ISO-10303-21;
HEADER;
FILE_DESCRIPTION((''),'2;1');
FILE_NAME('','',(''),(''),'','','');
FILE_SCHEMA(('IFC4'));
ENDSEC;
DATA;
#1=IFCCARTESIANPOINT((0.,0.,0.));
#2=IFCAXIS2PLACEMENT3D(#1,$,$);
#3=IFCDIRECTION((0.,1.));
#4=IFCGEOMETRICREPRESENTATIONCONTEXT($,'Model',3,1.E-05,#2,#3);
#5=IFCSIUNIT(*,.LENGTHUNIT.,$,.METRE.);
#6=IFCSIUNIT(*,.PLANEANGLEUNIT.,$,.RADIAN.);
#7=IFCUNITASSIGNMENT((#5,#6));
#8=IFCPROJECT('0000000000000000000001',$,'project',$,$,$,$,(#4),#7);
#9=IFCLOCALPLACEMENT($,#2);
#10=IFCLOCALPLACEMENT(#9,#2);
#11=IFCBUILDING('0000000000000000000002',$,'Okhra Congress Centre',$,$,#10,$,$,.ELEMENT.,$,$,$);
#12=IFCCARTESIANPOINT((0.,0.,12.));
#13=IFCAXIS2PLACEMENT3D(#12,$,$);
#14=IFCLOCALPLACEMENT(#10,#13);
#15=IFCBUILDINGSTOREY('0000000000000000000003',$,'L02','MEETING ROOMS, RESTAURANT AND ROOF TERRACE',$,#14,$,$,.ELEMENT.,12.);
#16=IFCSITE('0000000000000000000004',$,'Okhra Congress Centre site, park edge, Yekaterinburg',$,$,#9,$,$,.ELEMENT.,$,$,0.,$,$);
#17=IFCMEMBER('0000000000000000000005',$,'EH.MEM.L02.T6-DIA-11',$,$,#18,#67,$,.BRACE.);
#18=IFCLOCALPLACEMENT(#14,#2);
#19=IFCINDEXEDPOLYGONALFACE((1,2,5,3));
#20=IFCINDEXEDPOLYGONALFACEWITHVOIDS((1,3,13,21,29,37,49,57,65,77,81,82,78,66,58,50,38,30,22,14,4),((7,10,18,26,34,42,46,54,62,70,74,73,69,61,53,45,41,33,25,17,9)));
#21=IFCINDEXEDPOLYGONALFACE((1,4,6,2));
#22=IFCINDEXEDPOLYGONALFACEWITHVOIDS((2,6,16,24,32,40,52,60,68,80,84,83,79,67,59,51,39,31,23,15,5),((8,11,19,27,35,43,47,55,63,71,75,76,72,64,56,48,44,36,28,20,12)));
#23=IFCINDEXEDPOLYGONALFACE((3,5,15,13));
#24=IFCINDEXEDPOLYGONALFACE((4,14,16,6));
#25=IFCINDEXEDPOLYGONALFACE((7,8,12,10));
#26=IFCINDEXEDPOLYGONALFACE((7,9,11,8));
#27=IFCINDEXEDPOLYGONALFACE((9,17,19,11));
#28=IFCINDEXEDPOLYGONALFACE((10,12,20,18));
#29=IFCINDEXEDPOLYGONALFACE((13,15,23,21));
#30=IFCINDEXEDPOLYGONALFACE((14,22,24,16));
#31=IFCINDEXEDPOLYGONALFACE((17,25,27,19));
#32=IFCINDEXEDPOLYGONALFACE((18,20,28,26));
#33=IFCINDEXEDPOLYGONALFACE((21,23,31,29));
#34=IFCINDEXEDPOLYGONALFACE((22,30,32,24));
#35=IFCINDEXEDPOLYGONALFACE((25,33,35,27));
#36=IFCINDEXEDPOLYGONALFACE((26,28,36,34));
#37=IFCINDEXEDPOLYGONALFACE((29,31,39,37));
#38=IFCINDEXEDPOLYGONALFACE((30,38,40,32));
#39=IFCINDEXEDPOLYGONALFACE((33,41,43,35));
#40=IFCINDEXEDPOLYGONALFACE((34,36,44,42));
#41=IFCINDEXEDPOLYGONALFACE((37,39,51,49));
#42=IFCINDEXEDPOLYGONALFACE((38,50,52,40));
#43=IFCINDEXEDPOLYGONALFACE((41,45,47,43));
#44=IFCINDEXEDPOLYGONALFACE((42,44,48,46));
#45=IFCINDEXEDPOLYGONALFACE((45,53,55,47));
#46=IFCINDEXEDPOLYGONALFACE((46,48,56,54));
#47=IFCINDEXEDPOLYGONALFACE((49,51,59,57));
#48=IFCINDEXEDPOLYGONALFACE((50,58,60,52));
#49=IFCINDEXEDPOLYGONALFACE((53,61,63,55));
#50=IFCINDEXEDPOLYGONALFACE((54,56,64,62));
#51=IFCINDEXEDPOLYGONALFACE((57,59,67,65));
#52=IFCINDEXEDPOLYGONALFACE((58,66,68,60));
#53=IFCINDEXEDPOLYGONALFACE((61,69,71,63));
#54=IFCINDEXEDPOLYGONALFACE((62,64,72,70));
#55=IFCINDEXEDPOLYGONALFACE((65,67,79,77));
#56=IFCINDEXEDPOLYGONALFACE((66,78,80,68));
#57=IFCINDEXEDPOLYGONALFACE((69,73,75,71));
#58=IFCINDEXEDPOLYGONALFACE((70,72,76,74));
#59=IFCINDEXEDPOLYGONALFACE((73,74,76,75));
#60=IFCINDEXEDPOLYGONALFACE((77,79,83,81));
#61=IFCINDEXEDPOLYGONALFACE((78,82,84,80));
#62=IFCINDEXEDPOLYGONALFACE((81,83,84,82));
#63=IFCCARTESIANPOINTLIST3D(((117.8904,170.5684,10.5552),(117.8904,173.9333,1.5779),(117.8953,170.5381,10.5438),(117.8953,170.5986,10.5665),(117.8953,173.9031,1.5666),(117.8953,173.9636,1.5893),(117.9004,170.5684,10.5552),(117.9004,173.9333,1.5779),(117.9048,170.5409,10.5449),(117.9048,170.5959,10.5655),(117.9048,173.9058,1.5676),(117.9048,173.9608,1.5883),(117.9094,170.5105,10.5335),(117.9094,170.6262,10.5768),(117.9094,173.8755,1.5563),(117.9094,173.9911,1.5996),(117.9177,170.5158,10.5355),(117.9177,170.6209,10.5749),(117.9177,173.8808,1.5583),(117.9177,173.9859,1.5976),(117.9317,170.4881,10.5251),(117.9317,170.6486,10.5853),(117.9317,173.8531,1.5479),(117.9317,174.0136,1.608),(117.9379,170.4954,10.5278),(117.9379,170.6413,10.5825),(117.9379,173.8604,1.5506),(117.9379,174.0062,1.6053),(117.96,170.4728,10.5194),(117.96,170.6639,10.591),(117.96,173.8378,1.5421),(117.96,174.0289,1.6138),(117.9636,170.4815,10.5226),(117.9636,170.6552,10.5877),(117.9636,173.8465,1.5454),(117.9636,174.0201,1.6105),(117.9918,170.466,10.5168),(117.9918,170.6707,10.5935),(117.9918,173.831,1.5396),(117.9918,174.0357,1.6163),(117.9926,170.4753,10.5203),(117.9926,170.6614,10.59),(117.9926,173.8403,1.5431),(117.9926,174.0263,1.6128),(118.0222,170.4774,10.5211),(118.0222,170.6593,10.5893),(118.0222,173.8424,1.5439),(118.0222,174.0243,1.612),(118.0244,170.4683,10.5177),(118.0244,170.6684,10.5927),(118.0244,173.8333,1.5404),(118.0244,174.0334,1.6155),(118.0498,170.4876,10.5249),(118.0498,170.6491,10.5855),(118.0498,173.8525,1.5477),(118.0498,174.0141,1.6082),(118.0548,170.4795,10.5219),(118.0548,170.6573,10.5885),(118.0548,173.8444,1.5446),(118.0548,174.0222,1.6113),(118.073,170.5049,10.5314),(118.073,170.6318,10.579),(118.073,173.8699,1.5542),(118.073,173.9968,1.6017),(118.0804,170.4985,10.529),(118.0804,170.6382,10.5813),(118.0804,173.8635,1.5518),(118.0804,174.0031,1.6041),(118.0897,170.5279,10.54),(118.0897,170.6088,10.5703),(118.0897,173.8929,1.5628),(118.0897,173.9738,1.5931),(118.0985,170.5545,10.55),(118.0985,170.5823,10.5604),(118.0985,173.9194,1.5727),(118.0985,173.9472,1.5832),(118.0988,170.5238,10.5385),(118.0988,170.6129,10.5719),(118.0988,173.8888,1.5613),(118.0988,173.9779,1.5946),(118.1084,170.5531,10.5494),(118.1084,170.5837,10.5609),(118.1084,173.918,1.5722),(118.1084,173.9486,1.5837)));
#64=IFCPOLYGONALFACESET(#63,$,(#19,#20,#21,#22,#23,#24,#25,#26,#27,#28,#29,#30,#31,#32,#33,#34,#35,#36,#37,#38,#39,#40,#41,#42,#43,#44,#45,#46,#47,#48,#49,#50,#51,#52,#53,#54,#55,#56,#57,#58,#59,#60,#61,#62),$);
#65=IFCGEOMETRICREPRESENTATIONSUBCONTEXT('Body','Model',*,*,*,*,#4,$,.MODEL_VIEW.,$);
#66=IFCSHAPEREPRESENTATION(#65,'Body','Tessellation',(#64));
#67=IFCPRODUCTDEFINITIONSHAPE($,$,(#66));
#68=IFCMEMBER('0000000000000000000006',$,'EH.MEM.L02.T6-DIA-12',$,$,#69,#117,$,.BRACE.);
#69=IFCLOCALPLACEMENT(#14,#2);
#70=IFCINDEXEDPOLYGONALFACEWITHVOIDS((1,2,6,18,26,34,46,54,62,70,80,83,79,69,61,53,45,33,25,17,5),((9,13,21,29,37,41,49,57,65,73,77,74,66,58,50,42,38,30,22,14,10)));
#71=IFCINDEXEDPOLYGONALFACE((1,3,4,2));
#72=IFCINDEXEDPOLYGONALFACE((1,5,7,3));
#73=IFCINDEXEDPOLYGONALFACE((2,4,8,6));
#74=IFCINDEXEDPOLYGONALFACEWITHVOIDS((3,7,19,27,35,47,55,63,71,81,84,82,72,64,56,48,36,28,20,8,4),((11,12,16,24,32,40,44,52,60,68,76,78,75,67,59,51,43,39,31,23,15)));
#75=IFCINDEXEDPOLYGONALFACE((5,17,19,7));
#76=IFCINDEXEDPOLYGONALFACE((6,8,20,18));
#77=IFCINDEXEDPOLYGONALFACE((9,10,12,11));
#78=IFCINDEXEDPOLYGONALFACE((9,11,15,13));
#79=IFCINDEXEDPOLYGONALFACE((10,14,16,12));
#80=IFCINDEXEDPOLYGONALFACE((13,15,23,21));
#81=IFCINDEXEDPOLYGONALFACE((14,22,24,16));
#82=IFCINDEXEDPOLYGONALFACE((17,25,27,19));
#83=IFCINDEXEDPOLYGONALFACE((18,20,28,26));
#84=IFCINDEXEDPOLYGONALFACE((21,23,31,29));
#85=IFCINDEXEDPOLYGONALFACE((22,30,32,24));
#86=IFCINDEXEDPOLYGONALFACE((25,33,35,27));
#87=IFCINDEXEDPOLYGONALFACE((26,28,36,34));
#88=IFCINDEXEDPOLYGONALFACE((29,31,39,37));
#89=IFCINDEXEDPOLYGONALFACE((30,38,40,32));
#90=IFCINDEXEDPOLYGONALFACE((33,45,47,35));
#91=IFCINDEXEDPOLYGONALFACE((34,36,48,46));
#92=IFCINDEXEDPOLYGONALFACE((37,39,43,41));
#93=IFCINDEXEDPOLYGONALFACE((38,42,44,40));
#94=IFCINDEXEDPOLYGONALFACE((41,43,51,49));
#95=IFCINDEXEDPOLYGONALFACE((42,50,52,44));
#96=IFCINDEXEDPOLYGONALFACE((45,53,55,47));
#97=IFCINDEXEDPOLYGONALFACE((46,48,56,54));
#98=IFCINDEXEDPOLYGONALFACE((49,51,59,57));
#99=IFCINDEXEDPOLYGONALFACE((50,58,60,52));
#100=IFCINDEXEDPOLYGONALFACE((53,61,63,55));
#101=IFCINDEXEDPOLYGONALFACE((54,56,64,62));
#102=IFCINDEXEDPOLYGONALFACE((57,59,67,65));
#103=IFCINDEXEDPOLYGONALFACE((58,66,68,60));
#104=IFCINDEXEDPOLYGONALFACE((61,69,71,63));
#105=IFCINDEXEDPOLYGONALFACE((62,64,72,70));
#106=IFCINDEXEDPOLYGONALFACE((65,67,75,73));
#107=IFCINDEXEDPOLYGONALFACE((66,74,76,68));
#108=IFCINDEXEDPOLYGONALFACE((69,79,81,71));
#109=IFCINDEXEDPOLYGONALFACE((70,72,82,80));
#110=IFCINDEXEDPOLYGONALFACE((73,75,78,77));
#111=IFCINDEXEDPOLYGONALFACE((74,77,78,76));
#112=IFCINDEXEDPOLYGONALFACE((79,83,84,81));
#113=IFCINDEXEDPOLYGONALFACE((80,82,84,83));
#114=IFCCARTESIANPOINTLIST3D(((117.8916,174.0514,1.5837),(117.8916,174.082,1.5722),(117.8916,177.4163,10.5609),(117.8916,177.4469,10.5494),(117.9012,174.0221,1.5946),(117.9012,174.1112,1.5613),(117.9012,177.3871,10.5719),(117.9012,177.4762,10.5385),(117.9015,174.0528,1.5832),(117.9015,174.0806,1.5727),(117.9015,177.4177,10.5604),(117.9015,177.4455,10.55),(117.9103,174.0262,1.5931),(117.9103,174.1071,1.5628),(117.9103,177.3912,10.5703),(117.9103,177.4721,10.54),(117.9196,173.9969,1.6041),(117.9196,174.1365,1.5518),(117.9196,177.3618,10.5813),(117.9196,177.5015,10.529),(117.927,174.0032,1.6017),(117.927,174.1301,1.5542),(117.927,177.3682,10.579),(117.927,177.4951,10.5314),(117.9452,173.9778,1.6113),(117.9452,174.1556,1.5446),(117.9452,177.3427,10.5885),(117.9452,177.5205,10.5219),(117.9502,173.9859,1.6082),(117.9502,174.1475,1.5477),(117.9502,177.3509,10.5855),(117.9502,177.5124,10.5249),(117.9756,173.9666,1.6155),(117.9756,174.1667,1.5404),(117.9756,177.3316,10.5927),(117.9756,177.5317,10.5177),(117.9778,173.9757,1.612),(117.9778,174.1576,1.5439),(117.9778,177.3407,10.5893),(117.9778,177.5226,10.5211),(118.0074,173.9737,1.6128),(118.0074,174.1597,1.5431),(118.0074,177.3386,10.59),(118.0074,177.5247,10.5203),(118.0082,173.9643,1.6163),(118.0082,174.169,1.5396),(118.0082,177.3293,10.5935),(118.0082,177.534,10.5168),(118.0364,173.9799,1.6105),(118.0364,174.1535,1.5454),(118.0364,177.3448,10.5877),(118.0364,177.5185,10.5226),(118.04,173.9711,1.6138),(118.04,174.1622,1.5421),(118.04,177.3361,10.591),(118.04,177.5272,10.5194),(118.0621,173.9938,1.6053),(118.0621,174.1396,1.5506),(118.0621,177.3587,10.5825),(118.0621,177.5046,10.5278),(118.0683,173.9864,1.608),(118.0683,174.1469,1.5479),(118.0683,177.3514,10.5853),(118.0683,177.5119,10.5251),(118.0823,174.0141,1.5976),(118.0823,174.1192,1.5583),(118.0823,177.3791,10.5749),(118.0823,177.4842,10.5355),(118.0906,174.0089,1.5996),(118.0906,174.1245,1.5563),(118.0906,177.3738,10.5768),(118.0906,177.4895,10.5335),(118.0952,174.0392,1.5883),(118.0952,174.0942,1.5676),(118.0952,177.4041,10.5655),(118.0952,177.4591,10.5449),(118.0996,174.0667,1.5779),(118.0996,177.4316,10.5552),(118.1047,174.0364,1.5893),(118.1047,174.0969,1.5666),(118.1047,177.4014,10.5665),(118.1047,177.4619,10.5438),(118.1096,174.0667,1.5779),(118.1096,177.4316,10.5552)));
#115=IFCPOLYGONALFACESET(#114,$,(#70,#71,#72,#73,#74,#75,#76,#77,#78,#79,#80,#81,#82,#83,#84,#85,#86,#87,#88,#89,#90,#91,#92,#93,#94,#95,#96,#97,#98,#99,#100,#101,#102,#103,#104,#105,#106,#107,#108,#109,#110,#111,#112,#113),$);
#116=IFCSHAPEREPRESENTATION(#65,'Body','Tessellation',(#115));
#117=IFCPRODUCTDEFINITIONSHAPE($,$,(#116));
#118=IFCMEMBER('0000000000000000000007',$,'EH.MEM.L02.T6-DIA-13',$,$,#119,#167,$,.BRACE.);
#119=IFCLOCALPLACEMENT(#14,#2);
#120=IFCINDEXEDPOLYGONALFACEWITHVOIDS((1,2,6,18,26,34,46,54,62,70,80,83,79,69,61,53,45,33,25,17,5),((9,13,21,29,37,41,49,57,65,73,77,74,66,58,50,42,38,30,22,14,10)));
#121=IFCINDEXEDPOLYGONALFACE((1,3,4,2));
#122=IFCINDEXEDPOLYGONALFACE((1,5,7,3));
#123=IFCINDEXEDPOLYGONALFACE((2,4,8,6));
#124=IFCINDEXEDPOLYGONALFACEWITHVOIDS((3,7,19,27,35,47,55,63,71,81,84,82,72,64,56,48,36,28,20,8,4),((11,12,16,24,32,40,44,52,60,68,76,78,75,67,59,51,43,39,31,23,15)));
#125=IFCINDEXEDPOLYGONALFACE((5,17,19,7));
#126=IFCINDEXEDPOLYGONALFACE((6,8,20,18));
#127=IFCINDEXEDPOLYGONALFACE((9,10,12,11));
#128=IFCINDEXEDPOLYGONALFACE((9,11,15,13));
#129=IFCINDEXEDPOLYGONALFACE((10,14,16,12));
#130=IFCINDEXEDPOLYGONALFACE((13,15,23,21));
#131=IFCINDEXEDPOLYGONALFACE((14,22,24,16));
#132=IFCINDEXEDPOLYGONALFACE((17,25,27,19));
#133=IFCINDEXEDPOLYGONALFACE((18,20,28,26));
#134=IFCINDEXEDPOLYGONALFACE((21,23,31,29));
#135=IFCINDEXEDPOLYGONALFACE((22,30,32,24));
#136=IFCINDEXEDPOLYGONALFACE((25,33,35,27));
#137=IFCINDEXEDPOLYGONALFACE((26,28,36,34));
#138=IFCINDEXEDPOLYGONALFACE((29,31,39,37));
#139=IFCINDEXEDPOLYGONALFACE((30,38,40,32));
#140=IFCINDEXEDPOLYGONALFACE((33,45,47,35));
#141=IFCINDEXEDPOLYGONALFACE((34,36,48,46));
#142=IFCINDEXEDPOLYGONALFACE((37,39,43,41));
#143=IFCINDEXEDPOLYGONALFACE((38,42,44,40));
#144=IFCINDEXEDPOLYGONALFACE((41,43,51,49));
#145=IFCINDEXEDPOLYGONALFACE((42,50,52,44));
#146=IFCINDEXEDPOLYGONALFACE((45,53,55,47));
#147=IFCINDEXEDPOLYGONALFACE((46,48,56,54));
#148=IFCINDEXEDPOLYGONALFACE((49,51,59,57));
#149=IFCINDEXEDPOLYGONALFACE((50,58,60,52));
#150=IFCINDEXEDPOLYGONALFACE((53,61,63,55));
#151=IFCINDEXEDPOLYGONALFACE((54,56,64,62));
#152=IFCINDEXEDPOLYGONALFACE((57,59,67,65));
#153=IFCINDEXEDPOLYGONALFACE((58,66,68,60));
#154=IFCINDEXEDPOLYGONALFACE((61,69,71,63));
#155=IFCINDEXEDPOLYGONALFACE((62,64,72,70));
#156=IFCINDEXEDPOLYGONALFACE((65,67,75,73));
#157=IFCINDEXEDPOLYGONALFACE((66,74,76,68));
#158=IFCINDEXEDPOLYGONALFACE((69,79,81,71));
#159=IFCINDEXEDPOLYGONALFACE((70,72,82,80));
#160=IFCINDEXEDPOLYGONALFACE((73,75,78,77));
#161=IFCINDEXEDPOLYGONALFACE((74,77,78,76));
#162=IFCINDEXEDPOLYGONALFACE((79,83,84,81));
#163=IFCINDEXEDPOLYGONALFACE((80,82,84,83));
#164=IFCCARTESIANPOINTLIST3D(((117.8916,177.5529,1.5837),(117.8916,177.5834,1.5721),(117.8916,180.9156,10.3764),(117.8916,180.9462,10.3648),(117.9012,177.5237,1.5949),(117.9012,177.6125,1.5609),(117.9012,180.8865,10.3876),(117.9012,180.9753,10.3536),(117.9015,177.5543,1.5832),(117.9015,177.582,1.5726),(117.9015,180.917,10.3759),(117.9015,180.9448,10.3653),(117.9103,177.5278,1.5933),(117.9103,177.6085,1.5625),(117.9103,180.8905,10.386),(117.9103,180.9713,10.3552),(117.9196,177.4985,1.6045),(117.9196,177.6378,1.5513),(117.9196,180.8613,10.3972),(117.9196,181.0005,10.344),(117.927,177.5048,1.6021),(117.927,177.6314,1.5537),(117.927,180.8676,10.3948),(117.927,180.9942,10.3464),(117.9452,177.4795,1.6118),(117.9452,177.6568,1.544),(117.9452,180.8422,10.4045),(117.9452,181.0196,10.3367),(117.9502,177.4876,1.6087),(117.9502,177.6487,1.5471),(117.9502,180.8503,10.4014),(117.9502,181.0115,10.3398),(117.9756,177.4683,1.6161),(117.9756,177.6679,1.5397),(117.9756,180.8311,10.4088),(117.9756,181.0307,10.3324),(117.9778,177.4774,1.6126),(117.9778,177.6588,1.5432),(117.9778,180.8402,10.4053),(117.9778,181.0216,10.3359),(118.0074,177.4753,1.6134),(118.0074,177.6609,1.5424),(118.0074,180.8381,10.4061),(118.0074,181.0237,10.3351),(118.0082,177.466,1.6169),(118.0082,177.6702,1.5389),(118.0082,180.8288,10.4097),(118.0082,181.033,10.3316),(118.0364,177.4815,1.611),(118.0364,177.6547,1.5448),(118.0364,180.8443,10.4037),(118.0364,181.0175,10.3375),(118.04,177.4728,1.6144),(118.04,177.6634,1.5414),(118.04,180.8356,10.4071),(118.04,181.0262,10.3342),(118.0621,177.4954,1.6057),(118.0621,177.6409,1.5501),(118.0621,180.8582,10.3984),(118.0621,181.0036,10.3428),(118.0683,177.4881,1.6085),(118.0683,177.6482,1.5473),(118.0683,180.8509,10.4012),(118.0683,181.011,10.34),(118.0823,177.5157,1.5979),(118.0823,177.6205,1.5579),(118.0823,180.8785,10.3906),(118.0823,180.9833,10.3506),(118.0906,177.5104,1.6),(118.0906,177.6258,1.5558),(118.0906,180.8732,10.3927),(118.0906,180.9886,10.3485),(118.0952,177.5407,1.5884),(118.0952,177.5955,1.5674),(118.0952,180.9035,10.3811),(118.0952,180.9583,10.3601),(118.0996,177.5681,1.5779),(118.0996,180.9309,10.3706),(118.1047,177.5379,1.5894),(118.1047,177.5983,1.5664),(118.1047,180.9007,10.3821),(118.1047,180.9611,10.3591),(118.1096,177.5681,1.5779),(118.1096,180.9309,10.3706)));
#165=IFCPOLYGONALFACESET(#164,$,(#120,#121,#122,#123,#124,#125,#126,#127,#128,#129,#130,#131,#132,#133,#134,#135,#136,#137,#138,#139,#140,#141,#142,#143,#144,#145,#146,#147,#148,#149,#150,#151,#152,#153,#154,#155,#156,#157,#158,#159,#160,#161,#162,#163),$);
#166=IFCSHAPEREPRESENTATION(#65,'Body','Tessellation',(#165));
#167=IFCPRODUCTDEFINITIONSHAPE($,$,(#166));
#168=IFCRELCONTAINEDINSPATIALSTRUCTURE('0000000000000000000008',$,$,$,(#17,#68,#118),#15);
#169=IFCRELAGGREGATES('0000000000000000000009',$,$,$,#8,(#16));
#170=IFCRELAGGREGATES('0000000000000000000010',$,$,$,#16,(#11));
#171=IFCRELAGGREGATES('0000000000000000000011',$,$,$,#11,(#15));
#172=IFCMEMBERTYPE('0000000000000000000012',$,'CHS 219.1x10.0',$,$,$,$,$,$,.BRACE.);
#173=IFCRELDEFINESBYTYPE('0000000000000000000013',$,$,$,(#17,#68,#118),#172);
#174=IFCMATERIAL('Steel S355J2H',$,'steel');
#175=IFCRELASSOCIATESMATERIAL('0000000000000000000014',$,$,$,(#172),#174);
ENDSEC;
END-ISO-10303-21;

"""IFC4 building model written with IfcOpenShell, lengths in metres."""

from ifc_helpers import new_model, si_unit, direction, frame, origin, origin_2d, place, context, subcontext, project, spatial, hollow_circle, extrude, material, material_profile, profile_set, type_object, element, save


model = new_model("IFC4")

# Units and contexts
model_context = context("Model", 3, precision=1e-05, world=origin(), true_north=direction((0.0, 1.0)))
body_context = subcontext(model_context, "Body", "Model", "MODEL_VIEW")
ifc_project = project(units=[si_unit("LENGTHUNIT", "METRE"), si_unit("PLANEANGLEUNIT", "RADIAN")], contexts=[model_context])

# Site, building, storey
site_placement = place(None, origin())
site = spatial("IfcSite", under=ifc_project, at=site_placement, Name="Okhra Congress Centre site, park edge, Yekaterinburg", CompositionType="ELEMENT", RefElevation=0.0)
building_placement = place(site_placement, origin())
building = spatial("IfcBuilding", under=site, at=building_placement, Name="Okhra Congress Centre", CompositionType="ELEMENT")
storey_placement = place(building_placement, frame((0.0, 0.0, 12.0)))
storey = spatial("IfcBuildingStorey", under=building, at=storey_placement, Name="L02", Description="MEETING ROOMS, RESTAURANT AND ROOF TERRACE", CompositionType="ELEMENT", Elevation=12.0)

# Members
ifc_material_1 = material(Name="Steel S355J2H", Category="steel")
ifc_material_profile_1 = material_profile(ifc_material_1, hollow_circle(Radius=0.1096, WallThickness=0.01, at=origin_2d()), Name="CHS 219.1x10.0")
ifc_profile_set_1 = profile_set([ifc_material_profile_1], Name="Steel S355J2H")
member_type_1 = type_object("IfcMemberType", Name="CHS 219.1x10.0", PredefinedType="BRACE", material=ifc_profile_set_1)
for number, where, z_axis, x_axis, name in (
    (1, (118.0, 170.5684, 10.5552), (0.0, 0.350987, -0.93638), (-1.0, 0.0, 0.0), "EH.MEM.L02.T6-DIA-11"),
    (2, (118.0, 177.4316, 10.5552), (0.0, -0.350987, -0.93638), (1.0, 0.0, 0.0), "EH.MEM.L02.T6-DIA-12"),
):
    element("IfcMember", number, at=place(storey_placement, frame(where, z_axis=z_axis, x_axis=x_axis)), inside=storey, type_object=member_type_1, Name=name, PredefinedType="BRACE", context=body_context, shape_type="SweptSolid", body=[
        extrude(hollow_circle(Radius=0.1096, WallThickness=0.01, at=origin_2d()), origin(), (0.0, 0.0, 1.0), 9.5872),
    ])
member_1_placement = place(storey_placement, frame((118.0, 180.9309, 10.3706), z_axis=(0.0, -0.357218, -0.934021), x_axis=(1.0, 0.0, 0.0)))
element("IfcMember", 3, at=member_1_placement, inside=storey, type_object=member_type_1, Name="EH.MEM.L02.T6-DIA-13", PredefinedType="BRACE", context=body_context, shape_type="SweptSolid", body=[
    extrude(hollow_circle(Radius=0.1096, WallThickness=0.01, at=origin_2d()), origin(), (0.0, 0.0, 1.0), 9.4138),
])

save(model, "model.ifc")
